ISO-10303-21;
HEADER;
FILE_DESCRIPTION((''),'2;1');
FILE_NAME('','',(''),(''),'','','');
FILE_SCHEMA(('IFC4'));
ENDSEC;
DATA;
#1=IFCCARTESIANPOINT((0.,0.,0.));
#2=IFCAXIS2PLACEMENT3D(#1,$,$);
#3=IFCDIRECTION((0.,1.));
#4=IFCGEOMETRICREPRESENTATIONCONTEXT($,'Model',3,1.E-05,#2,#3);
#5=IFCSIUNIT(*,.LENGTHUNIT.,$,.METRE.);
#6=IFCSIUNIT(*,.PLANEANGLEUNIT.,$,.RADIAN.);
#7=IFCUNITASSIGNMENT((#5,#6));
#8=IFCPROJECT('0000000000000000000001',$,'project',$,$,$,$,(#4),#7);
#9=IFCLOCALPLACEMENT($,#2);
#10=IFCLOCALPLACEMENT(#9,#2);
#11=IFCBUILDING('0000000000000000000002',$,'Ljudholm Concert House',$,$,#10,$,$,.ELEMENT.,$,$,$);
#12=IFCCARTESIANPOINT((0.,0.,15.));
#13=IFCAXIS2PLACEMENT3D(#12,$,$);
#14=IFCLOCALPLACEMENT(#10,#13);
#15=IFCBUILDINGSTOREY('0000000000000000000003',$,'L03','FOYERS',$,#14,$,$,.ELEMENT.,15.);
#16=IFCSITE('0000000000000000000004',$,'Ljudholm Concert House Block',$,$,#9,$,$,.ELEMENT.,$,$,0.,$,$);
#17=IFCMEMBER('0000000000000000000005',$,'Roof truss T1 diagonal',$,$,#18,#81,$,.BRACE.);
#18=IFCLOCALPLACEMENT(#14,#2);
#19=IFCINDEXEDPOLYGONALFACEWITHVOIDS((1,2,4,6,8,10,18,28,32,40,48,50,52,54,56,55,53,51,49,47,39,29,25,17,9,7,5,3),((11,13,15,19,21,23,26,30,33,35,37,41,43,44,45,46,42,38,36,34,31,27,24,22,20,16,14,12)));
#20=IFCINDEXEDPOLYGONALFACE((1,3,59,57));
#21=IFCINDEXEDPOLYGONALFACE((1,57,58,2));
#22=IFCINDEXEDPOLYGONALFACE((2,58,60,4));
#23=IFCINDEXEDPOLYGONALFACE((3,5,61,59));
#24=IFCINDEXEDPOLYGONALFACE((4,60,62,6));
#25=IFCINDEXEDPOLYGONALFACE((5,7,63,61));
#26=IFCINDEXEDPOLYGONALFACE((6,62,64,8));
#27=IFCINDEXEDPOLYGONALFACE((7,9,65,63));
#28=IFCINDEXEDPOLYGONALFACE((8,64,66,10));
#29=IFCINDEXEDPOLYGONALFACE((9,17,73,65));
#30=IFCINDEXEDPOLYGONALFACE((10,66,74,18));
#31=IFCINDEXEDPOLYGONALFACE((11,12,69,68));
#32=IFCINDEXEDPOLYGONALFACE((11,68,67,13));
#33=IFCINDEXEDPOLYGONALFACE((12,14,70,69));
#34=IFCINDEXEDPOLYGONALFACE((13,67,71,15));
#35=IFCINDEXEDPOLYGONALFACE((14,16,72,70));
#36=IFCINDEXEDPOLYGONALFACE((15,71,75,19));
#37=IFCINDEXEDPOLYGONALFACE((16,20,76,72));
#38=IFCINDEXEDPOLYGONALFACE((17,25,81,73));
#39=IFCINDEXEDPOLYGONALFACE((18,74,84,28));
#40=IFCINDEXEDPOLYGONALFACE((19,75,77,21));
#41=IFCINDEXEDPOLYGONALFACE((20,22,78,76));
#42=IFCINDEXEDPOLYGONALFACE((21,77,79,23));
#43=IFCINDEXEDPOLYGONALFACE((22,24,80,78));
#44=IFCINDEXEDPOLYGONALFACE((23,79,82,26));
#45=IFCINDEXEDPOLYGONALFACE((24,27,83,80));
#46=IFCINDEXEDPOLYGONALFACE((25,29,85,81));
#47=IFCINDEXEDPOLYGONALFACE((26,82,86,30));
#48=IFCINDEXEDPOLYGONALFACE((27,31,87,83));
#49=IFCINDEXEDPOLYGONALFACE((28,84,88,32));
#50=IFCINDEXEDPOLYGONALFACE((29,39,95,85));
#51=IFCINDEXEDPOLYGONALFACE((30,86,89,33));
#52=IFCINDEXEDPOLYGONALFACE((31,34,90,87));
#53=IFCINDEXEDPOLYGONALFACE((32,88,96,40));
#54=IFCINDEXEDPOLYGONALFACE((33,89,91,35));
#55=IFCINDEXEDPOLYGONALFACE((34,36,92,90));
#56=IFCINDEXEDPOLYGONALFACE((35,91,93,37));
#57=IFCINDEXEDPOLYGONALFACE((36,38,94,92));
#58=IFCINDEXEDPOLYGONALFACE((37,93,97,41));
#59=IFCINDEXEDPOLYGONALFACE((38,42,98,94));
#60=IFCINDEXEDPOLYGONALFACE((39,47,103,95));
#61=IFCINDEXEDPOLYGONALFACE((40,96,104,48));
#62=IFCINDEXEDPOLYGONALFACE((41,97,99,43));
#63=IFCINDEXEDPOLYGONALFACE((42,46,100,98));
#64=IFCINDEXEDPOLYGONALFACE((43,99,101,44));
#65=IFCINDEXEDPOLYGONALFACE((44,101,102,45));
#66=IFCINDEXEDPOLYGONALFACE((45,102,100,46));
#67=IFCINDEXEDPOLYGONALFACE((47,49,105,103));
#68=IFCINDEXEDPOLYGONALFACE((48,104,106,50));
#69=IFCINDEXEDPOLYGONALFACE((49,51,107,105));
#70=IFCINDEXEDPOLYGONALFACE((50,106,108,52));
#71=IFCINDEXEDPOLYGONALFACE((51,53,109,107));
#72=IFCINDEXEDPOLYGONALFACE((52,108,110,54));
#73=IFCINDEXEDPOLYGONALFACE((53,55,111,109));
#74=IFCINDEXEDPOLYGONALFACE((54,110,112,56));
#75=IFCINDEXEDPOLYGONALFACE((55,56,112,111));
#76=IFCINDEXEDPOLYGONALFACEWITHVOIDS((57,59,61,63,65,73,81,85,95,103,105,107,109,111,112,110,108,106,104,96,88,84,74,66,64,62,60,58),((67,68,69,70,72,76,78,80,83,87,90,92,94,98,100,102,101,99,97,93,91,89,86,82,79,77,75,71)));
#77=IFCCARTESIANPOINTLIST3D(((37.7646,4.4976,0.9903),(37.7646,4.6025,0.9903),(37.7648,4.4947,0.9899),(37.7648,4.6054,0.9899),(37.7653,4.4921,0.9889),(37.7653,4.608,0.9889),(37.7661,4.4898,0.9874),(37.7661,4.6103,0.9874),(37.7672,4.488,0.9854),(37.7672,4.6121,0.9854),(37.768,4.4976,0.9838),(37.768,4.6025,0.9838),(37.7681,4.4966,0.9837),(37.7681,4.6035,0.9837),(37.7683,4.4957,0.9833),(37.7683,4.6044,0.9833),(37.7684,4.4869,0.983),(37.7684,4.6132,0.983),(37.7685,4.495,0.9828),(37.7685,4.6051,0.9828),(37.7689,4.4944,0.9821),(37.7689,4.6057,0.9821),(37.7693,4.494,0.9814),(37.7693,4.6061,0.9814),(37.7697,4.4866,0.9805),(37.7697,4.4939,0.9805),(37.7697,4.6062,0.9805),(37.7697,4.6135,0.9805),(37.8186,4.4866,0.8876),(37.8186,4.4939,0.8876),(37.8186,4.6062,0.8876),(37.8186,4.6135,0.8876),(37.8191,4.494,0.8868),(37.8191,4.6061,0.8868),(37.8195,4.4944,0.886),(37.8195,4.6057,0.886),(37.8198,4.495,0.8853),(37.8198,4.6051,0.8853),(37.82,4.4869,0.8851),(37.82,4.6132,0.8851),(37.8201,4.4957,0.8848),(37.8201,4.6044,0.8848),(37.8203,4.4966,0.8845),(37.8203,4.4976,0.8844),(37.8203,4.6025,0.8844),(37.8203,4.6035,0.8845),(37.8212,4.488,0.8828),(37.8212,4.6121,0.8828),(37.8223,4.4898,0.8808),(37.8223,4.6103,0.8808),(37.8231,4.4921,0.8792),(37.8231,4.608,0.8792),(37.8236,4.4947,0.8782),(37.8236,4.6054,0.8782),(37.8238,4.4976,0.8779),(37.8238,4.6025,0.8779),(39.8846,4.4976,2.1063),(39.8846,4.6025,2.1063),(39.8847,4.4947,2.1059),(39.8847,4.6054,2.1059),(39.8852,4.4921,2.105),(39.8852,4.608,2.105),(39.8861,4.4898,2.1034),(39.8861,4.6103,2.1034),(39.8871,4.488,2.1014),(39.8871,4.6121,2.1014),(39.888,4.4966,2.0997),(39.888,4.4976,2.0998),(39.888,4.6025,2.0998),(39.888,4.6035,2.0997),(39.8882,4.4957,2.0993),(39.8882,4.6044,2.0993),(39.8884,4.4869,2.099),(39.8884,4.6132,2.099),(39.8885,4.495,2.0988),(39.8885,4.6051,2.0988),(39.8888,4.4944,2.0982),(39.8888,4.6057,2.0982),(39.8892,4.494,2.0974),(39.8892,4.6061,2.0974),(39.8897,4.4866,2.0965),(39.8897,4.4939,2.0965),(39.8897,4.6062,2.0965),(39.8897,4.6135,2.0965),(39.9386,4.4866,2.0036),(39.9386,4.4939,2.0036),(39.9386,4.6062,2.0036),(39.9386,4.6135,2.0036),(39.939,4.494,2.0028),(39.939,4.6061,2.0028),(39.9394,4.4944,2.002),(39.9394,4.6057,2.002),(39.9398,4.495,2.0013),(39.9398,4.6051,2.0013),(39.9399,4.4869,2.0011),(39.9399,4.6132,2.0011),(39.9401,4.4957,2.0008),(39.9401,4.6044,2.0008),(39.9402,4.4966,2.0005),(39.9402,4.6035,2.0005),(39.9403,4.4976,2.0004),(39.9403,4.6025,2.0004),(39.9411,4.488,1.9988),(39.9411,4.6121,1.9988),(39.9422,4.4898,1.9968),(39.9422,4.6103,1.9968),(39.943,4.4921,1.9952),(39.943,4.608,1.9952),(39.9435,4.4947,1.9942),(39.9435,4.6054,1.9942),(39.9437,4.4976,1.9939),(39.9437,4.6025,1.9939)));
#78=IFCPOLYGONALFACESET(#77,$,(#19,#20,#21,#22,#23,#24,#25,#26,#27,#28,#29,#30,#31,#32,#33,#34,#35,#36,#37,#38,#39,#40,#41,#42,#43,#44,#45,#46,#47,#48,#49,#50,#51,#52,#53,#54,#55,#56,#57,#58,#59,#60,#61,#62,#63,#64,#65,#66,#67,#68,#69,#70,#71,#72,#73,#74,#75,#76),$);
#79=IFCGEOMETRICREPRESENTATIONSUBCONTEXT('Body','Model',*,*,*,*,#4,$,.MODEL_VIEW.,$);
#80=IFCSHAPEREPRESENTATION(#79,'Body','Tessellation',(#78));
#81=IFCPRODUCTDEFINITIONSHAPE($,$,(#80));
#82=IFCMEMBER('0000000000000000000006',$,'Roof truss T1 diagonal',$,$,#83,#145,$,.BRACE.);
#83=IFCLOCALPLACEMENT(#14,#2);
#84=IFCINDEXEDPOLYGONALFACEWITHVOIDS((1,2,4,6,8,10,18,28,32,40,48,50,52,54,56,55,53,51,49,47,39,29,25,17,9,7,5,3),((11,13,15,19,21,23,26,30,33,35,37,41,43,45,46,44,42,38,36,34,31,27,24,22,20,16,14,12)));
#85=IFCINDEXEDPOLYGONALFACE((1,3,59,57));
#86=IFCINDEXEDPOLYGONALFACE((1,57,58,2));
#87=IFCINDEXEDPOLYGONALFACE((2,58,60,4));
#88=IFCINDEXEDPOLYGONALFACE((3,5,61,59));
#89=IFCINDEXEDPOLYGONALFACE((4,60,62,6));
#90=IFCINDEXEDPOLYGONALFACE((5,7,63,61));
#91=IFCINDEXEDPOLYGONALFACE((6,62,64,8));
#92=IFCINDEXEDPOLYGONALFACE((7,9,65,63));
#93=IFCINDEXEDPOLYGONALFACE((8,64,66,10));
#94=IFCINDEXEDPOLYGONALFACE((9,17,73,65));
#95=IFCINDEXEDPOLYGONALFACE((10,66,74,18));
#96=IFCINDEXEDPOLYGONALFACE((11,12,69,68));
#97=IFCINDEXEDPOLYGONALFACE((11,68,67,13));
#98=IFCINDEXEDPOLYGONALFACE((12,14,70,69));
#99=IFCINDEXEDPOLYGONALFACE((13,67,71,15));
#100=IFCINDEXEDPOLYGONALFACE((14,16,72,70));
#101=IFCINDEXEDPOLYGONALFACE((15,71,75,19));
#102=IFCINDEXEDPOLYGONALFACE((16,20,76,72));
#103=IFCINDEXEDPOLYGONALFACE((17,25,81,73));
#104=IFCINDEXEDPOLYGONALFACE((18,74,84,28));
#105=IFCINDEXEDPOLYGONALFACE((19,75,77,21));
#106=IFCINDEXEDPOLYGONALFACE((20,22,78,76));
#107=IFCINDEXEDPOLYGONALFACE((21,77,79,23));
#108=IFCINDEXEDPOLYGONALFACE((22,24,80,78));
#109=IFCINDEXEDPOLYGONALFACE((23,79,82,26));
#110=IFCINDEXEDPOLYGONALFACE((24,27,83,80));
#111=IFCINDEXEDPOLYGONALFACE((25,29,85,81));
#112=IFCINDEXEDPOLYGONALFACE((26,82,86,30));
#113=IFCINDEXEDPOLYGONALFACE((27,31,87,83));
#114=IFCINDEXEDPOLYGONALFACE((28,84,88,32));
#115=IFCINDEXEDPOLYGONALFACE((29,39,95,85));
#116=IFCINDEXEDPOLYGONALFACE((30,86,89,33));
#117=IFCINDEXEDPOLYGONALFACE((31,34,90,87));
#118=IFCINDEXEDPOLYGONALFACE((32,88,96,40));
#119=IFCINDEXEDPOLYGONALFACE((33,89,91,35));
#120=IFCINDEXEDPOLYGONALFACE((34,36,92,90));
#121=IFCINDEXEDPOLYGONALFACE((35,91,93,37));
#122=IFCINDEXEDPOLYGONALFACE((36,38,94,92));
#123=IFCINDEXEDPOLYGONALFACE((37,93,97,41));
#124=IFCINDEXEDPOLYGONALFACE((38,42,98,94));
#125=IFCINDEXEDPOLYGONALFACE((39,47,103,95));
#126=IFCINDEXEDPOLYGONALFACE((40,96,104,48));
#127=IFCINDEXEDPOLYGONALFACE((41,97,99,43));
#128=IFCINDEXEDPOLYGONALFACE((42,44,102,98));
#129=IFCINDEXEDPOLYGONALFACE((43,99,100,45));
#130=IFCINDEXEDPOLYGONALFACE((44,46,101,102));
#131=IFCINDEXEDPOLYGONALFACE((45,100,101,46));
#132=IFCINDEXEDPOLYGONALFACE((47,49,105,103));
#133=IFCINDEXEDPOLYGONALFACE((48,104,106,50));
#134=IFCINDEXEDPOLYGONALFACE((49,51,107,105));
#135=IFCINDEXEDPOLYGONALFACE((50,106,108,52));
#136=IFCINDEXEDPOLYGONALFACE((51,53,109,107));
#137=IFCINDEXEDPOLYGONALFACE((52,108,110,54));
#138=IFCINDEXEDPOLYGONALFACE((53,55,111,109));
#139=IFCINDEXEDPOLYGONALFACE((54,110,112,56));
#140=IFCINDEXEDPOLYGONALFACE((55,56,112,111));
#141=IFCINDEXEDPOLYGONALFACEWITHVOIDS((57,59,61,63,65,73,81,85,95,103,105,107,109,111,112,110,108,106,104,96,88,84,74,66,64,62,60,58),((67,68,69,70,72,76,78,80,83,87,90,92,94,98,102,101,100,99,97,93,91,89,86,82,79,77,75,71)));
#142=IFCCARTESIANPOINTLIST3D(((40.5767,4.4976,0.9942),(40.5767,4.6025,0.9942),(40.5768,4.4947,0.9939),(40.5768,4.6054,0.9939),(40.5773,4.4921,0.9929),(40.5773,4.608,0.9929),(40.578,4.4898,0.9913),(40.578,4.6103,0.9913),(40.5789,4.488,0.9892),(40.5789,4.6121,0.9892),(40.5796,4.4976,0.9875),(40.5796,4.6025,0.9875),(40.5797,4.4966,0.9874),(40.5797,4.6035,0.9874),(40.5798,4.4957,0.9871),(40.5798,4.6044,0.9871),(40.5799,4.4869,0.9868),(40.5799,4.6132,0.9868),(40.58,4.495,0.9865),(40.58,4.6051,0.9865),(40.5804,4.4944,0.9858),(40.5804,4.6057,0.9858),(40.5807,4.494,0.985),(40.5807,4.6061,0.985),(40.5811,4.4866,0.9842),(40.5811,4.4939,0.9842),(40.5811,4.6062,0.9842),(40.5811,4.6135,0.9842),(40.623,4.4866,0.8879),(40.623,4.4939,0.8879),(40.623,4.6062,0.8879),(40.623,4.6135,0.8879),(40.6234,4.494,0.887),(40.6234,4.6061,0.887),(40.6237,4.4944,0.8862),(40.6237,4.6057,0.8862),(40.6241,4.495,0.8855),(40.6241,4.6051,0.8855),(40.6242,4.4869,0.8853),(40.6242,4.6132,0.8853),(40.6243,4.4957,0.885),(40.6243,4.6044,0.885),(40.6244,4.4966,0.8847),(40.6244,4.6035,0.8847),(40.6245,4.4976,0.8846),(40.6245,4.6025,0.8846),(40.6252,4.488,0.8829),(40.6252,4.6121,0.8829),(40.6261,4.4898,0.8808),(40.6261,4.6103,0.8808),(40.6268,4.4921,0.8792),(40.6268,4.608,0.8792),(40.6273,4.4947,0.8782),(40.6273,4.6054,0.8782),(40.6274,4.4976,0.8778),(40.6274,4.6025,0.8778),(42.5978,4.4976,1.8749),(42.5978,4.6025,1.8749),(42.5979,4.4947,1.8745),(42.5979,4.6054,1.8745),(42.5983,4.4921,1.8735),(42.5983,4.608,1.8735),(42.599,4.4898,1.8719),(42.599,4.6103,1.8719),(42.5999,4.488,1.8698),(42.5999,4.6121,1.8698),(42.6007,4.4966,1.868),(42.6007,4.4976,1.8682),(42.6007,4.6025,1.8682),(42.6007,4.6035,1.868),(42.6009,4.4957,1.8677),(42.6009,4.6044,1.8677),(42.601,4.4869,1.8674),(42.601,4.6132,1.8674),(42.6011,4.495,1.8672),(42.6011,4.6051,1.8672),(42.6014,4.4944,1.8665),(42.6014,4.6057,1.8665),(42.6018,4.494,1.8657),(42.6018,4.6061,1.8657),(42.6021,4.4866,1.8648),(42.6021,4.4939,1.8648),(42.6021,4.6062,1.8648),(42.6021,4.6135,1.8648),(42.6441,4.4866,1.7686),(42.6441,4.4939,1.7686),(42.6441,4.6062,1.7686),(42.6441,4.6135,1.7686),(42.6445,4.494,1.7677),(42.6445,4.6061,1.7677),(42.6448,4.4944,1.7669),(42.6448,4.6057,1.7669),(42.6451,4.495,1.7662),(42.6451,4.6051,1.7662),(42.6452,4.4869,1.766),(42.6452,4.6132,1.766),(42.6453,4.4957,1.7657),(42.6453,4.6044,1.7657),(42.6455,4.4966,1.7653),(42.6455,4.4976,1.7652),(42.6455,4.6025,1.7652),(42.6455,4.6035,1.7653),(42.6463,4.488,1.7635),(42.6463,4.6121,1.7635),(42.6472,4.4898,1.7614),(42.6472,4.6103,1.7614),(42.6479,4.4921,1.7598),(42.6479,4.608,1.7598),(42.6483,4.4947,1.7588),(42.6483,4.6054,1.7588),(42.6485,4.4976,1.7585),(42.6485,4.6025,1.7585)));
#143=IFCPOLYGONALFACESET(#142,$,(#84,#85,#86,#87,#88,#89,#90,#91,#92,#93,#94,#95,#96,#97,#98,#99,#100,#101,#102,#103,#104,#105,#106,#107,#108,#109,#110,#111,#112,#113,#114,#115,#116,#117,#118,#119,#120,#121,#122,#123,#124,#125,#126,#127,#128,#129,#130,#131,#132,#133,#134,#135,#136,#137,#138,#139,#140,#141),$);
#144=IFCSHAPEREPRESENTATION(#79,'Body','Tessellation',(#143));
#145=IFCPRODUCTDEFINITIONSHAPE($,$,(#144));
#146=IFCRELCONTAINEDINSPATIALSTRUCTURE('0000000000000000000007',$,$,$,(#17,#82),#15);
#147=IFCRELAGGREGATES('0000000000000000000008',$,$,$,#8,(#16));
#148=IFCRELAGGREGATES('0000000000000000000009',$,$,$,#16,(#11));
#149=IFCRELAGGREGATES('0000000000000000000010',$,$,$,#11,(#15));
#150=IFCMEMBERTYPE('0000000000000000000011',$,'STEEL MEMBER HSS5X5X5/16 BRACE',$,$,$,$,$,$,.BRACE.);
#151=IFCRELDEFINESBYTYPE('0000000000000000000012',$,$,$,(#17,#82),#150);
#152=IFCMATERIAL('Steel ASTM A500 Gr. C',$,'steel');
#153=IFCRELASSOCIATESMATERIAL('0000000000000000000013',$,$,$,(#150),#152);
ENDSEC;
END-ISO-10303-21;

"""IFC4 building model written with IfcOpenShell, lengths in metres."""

from ifc_helpers import new_model, si_unit, direction, frame, origin, origin_2d, place, context, subcontext, project, spatial, hollow_rectangle, extrude, material, material_profile, profile_set, type_object, element, save


model = new_model("IFC4")

# Units and contexts
model_context = context("Model", 3, precision=1e-05, world=origin(), true_north=direction((0.0, 1.0)))
body_context = subcontext(model_context, "Body", "Model", "MODEL_VIEW")
ifc_project = project(units=[si_unit("LENGTHUNIT", "METRE"), si_unit("PLANEANGLEUNIT", "RADIAN")], contexts=[model_context])

# Site, building, storey
site_placement = place(None, origin())
site = spatial("IfcSite", under=ifc_project, at=site_placement, Name="Ljudholm Concert House Block", CompositionType="ELEMENT", RefElevation=0.0)
building_placement = place(site_placement, origin())
building = spatial("IfcBuilding", under=site, at=building_placement, Name="Ljudholm Concert House", CompositionType="ELEMENT")
storey_placement = place(building_placement, frame((0.0, 0.0, 15.0)))
storey = spatial("IfcBuildingStorey", under=building, at=storey_placement, Name="L03", Description="FOYERS", CompositionType="ELEMENT", Elevation=15.0)

# Members
ifc_material_1 = material(Name="Steel ASTM A500 Gr. C", Category="steel")
ifc_material_profile_1 = material_profile(ifc_material_1, hollow_rectangle(XDim=0.127, YDim=0.127, WallThickness=0.0073, InnerFilletRadius=0.0037, OuterFilletRadius=0.011, at=origin_2d()), Name="HSS5X5X5/16")
ifc_profile_set_1 = profile_set([ifc_material_profile_1], Name="Steel ASTM A500 Gr. C")
member_type_1 = type_object("IfcMemberType", Name="STEEL MEMBER HSS5X5X5/16 BRACE", PredefinedType="BRACE", material=ifc_profile_set_1)
member_1_placement = place(storey_placement, frame((37.7942, 4.55, 0.9341), z_axis=(0.884876, 0.0, 0.465826), x_axis=(0.0, 1.0, 0.0)))
element("IfcMember", 1, at=member_1_placement, inside=storey, type_object=member_type_1, Name="Roof truss T1 diagonal", PredefinedType="BRACE", context=body_context, shape_type="SweptSolid", body=[
    extrude(hollow_rectangle(XDim=0.127, YDim=0.127, WallThickness=0.0073, InnerFilletRadius=0.0037, OuterFilletRadius=0.011, at=origin_2d()), origin(), (0.0, 0.0, 1.0), 2.3958),
])
member_2_placement = place(storey_placement, frame((40.6021, 4.55, 0.936), z_axis=(0.916751, 0.0, 0.399459), x_axis=(0.0, 1.0, 0.0)))
element("IfcMember", 2, at=member_2_placement, inside=storey, type_object=member_type_1, Name="Roof truss T1 diagonal", PredefinedType="BRACE", context=body_context, shape_type="SweptSolid", body=[
    extrude(hollow_rectangle(XDim=0.127, YDim=0.127, WallThickness=0.0073, InnerFilletRadius=0.0037, OuterFilletRadius=0.011, at=origin_2d()), origin(), (0.0, 0.0, 1.0), 2.2046),
])

save(model, "model.ifc")
